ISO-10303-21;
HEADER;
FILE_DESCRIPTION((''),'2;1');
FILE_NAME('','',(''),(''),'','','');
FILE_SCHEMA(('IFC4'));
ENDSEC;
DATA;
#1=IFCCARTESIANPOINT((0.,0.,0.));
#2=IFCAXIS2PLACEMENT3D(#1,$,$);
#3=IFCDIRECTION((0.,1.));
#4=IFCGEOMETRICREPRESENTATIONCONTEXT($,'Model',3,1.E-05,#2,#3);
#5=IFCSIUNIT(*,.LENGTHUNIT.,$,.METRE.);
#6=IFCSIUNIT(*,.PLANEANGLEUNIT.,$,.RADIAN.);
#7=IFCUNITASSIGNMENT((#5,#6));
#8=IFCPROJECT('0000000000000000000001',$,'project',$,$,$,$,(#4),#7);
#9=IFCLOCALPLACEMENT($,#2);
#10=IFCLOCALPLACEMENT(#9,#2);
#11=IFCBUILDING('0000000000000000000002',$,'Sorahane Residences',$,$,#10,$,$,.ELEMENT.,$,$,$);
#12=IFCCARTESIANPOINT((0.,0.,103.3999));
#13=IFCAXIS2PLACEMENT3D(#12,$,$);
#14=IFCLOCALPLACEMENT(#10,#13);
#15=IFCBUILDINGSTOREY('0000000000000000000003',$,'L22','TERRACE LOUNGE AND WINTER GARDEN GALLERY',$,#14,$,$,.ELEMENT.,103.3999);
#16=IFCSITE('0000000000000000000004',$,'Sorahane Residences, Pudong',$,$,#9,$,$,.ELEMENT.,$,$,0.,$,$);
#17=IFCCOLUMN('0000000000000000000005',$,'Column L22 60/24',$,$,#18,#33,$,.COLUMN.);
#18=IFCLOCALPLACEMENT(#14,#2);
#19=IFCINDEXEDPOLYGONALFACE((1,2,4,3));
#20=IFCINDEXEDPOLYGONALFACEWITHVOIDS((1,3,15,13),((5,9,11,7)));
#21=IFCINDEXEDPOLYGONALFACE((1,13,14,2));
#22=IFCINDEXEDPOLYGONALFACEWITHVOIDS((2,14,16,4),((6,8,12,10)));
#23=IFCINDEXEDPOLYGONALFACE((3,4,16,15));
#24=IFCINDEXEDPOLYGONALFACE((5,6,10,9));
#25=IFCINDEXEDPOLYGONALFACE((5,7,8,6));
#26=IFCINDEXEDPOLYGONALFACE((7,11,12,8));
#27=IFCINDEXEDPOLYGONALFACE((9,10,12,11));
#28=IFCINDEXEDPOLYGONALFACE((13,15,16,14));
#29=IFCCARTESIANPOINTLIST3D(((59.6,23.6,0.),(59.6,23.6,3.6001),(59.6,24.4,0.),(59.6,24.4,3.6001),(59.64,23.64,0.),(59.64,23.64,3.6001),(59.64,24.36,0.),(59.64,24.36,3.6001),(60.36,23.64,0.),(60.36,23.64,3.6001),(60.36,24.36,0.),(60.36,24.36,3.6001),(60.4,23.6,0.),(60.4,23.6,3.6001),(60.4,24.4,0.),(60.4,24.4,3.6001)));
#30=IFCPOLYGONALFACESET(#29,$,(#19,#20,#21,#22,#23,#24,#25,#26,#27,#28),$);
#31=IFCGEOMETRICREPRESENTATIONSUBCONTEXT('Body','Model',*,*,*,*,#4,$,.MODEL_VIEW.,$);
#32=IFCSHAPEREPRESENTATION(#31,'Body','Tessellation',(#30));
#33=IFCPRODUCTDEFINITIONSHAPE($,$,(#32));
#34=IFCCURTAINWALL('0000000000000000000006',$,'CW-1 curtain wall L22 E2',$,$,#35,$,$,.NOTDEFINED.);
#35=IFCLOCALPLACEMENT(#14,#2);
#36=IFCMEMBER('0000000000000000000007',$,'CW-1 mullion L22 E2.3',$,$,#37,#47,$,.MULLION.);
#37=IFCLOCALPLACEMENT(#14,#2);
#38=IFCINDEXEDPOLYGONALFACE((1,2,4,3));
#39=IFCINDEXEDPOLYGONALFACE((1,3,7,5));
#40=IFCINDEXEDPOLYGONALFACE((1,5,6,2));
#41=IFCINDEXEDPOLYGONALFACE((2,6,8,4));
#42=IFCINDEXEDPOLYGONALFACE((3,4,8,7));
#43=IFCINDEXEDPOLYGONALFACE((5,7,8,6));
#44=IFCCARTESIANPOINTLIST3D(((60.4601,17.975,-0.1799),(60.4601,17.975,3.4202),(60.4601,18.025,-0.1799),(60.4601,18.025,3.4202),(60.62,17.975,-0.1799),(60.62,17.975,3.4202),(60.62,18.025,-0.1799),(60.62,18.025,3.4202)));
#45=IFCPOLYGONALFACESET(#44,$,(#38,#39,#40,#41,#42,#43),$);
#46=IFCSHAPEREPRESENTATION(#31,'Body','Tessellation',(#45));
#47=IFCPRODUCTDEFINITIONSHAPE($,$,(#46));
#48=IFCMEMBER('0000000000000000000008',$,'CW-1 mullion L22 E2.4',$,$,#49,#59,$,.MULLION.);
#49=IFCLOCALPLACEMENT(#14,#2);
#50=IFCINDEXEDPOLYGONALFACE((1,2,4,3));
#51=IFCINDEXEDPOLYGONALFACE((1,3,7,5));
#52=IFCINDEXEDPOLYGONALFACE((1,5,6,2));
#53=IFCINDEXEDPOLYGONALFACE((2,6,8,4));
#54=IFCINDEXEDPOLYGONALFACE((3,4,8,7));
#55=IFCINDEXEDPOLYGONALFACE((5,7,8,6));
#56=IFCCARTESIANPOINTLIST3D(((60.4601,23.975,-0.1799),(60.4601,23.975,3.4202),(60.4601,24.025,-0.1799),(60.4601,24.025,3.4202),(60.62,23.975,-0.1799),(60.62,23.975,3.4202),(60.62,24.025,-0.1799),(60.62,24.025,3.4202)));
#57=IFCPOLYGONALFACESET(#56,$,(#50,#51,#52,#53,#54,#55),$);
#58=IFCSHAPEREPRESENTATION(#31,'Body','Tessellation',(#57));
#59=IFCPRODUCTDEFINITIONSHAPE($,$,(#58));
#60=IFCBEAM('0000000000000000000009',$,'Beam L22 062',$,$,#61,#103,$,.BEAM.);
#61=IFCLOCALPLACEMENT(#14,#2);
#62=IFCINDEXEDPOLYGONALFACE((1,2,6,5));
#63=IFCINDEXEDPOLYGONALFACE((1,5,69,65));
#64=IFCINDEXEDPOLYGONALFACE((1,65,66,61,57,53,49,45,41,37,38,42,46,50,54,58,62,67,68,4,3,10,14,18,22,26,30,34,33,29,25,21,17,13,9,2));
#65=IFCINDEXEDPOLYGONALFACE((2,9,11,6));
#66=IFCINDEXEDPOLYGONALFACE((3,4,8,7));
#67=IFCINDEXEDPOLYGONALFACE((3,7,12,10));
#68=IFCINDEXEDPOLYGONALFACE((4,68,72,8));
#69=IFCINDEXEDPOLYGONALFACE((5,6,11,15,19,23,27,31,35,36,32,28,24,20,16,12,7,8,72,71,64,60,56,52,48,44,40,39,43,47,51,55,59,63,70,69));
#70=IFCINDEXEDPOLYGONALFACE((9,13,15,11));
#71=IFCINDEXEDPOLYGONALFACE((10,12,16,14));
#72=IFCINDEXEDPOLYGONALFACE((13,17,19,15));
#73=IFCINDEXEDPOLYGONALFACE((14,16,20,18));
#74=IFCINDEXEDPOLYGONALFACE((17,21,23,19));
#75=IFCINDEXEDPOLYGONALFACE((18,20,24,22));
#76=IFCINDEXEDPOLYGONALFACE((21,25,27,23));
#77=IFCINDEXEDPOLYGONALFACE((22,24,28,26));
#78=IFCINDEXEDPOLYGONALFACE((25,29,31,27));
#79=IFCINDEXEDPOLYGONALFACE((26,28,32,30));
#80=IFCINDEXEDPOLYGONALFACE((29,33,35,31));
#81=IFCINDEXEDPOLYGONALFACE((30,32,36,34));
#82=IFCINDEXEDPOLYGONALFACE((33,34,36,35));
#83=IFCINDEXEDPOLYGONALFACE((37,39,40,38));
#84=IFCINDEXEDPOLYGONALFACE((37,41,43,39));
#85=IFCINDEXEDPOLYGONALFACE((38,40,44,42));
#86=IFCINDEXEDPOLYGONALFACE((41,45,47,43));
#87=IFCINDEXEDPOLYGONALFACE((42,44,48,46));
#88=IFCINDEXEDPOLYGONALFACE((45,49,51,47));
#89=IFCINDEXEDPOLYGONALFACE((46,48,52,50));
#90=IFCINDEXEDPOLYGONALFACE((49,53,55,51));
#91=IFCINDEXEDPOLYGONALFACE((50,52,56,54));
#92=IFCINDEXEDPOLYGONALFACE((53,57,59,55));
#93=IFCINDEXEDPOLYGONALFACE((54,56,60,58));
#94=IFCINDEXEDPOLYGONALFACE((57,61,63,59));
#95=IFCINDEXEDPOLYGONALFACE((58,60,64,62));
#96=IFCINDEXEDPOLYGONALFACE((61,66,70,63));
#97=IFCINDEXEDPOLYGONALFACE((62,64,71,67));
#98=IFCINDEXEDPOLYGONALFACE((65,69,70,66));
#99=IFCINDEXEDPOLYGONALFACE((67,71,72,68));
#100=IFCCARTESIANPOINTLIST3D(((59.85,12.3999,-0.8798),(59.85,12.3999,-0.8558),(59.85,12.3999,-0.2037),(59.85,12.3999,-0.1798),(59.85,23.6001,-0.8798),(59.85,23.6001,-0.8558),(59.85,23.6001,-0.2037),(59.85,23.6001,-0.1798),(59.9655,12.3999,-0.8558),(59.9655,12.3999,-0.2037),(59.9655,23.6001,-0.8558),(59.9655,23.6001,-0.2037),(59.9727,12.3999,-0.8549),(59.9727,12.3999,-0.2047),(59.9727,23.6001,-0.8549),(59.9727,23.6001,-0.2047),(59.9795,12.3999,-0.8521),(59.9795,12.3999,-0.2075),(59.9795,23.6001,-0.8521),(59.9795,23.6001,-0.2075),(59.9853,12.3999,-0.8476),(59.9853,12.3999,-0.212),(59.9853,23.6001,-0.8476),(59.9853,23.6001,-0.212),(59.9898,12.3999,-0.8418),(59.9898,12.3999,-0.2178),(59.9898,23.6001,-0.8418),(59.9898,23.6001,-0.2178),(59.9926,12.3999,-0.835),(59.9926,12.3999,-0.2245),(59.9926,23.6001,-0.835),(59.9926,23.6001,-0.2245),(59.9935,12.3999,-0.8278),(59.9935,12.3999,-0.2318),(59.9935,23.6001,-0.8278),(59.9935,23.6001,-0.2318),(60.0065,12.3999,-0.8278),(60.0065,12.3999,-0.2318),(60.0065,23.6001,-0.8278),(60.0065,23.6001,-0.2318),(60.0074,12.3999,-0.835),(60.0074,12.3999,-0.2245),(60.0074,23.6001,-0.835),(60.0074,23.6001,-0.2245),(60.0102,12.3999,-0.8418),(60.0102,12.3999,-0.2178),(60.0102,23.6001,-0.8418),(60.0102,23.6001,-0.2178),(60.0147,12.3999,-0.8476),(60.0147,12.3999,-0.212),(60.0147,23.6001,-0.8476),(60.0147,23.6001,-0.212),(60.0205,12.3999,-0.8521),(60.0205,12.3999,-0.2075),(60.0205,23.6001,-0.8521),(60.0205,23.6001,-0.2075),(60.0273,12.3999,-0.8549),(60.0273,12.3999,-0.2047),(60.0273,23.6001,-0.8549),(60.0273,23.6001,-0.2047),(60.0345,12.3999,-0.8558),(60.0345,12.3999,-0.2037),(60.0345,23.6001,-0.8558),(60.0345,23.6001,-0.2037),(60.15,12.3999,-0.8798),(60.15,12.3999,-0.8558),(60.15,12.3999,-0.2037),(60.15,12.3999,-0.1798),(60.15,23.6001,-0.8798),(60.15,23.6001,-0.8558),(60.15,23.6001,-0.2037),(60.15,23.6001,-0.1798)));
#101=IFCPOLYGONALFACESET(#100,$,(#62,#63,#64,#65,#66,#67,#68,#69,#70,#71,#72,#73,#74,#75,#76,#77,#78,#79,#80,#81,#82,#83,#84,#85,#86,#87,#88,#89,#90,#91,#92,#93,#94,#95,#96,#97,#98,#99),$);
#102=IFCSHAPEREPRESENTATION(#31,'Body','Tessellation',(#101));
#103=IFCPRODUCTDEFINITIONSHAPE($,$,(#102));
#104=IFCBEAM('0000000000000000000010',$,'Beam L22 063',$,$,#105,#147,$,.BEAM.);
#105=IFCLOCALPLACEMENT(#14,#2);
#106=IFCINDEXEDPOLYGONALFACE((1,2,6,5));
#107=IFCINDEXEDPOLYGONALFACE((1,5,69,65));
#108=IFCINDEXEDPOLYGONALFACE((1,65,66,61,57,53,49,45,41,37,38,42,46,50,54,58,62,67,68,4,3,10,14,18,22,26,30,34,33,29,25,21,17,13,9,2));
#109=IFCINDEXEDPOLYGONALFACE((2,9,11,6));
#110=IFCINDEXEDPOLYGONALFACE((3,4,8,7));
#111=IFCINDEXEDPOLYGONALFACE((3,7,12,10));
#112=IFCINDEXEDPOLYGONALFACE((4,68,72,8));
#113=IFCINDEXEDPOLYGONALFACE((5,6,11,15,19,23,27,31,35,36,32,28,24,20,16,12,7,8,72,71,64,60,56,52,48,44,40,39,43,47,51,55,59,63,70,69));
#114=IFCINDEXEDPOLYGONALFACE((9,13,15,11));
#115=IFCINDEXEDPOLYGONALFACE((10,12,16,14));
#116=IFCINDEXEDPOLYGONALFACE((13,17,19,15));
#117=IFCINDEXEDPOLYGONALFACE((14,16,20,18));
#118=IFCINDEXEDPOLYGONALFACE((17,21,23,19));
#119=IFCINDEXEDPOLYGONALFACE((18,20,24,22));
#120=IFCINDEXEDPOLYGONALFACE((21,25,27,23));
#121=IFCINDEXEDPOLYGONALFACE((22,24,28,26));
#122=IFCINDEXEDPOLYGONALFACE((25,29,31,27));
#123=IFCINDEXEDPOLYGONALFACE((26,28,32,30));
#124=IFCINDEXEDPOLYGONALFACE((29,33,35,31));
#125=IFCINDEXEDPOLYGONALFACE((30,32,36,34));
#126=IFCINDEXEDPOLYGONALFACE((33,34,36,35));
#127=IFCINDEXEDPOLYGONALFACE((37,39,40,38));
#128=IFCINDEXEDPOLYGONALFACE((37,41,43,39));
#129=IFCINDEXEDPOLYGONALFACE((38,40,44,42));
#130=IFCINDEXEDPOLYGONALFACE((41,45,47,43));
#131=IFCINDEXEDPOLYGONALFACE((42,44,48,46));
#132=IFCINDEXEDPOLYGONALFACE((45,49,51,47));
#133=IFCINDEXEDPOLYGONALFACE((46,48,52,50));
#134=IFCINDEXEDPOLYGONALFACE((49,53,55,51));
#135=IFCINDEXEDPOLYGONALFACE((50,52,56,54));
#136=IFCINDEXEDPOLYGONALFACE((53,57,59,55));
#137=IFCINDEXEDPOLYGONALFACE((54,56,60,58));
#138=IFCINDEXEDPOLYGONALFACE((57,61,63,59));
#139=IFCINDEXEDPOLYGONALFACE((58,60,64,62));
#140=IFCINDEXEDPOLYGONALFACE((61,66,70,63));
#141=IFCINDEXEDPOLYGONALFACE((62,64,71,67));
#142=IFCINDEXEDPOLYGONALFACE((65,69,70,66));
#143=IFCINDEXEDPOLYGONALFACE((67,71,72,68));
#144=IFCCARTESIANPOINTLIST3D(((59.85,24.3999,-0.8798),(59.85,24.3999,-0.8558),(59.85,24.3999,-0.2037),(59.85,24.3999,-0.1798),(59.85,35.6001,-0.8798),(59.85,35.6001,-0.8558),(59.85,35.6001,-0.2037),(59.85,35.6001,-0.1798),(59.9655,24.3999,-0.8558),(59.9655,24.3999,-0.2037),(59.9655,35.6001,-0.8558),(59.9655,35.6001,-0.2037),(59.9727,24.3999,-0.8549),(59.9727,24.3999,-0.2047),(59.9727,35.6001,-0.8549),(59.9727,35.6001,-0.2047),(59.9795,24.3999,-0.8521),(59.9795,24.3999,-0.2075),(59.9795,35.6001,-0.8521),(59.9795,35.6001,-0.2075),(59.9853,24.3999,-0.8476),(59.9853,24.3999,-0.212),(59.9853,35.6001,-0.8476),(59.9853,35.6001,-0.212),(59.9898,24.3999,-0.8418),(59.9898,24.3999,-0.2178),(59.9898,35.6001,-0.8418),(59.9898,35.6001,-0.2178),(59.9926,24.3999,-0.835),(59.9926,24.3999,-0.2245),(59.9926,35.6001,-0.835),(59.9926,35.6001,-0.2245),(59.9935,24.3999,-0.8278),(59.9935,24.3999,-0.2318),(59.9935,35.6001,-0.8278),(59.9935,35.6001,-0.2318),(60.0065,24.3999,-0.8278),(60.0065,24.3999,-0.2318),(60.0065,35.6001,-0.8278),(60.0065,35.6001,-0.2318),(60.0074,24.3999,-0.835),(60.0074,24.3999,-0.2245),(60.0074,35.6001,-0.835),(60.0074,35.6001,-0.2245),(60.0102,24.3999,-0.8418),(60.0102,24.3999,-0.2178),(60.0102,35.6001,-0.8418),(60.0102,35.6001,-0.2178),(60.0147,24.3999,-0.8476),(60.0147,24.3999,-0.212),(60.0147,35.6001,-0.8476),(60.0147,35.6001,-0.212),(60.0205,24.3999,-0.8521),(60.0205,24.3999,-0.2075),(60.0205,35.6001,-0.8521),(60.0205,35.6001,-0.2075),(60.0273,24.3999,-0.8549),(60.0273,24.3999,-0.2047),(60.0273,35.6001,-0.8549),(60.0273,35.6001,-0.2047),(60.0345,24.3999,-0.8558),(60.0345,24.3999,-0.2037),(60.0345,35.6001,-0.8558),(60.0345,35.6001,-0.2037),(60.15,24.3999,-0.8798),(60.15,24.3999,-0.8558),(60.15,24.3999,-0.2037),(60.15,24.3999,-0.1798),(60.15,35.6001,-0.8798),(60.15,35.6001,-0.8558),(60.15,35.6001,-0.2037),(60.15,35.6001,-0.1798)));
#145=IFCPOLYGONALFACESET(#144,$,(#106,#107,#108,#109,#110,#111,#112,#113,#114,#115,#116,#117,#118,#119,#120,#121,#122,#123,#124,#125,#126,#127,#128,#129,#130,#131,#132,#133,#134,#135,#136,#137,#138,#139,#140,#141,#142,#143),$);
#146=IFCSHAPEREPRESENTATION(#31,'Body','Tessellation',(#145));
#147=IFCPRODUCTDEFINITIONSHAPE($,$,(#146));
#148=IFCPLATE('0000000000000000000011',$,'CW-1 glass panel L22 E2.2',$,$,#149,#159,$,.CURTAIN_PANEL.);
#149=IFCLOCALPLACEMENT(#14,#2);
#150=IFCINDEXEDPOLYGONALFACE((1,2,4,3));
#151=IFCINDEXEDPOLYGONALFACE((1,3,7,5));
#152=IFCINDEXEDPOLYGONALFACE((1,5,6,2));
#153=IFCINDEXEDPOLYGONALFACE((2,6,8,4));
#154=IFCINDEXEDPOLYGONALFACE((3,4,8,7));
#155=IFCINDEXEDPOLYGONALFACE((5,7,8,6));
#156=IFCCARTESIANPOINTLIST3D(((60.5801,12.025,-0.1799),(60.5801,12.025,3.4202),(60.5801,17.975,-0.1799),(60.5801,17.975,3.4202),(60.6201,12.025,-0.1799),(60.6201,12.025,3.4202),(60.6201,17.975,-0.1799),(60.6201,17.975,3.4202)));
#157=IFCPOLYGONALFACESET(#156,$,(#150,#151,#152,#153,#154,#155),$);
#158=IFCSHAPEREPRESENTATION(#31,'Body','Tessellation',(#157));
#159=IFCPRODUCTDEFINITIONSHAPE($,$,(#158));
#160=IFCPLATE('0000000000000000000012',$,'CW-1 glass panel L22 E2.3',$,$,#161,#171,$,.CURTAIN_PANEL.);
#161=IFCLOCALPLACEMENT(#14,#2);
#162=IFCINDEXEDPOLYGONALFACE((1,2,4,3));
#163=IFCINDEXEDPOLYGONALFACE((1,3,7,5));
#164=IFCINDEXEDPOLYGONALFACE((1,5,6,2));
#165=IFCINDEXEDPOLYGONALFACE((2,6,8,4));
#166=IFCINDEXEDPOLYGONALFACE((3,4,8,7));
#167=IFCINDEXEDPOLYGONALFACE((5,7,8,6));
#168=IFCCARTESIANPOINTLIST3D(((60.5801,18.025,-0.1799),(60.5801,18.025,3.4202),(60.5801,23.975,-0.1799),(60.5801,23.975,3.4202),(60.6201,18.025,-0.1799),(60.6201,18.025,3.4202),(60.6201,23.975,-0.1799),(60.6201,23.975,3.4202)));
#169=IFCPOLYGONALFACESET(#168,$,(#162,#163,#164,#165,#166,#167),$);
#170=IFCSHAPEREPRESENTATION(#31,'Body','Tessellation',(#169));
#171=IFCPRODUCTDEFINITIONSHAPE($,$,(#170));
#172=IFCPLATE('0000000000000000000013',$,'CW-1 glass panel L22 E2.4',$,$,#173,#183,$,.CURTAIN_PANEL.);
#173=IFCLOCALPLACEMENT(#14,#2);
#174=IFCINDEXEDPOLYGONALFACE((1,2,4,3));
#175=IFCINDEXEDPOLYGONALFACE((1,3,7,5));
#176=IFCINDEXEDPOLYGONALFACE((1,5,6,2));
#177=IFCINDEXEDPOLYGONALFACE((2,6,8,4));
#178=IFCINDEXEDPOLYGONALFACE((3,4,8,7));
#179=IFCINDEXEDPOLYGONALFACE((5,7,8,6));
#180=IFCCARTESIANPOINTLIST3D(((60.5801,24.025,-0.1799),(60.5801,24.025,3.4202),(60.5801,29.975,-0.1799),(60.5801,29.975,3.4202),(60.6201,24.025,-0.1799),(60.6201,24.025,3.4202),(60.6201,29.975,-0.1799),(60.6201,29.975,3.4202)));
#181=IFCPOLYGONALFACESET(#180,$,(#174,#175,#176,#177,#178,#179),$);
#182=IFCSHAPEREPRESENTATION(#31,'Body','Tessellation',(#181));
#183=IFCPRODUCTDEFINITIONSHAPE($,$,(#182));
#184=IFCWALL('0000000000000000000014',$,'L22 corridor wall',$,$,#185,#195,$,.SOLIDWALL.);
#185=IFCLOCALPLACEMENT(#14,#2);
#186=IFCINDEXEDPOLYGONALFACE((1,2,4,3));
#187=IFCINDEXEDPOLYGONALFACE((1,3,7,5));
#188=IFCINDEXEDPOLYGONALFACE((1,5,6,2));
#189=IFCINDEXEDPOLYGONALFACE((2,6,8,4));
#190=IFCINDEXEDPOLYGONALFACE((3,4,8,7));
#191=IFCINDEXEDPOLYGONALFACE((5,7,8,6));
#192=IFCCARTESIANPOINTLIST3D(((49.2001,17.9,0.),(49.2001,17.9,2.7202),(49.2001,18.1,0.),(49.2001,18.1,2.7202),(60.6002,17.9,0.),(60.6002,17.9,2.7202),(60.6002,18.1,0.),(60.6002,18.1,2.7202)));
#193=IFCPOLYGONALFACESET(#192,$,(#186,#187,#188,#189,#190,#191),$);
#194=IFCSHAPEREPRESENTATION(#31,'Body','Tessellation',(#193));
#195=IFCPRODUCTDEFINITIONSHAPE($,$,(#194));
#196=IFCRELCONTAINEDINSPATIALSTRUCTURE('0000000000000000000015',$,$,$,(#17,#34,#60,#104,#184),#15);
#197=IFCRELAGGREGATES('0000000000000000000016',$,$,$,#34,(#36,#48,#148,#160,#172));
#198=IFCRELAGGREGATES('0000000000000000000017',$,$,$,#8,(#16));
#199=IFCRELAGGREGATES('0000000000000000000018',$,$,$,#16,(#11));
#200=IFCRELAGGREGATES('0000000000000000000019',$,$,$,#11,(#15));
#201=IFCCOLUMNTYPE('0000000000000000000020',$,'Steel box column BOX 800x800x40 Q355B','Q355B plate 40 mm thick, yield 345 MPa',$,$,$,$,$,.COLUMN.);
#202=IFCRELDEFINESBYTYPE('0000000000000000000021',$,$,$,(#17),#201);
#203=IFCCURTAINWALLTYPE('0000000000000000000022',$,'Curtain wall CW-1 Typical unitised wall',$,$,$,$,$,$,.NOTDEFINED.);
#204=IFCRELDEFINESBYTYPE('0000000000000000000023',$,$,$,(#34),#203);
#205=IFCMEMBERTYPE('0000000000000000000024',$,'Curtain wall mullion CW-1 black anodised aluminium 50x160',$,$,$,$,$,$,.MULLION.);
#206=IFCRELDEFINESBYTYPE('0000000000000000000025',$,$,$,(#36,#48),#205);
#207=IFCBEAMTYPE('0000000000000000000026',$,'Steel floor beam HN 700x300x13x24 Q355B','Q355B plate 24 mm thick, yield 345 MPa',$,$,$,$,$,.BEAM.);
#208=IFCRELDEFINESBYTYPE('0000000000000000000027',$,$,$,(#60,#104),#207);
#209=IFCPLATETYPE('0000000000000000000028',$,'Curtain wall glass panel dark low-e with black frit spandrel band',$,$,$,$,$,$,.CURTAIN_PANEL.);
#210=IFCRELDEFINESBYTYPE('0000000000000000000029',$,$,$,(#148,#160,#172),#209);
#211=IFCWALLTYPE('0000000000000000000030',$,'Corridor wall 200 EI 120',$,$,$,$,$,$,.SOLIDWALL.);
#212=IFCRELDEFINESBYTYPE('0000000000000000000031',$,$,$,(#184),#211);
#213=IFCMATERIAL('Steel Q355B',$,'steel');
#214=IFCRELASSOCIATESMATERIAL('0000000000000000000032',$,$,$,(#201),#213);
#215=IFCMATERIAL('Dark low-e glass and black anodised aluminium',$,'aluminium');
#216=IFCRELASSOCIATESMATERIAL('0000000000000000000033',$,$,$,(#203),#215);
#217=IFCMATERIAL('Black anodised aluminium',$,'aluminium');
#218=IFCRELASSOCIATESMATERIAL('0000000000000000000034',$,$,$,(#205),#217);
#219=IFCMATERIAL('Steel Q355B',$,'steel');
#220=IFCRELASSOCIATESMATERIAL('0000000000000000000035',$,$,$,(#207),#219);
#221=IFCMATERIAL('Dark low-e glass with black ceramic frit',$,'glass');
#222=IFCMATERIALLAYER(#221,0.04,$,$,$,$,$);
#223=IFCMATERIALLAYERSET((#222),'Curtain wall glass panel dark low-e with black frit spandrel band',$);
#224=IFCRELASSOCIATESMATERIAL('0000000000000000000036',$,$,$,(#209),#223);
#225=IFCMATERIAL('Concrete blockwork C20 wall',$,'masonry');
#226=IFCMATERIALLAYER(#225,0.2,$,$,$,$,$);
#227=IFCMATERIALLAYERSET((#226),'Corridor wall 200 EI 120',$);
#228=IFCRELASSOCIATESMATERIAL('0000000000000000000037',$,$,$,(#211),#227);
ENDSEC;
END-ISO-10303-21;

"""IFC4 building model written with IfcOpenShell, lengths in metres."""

from ifc_helpers import new_model, si_unit, direction, frame, frame_2d, origin, origin_2d, place, context, subcontext, project, spatial, rectangle, hollow_rectangle, i_section, extrude, material, layer, layer_set, material_profile, profile_set, type_object, element, aggregate, save


model = new_model("IFC4")

# Units and contexts
model_context = context("Model", 3, precision=1e-05, world=origin(), true_north=direction((0.0, 1.0)))
body_context = subcontext(model_context, "Body", "Model", "MODEL_VIEW")
ifc_project = project(units=[si_unit("LENGTHUNIT", "METRE"), si_unit("PLANEANGLEUNIT", "RADIAN")], contexts=[model_context])

# Site, building, storey
site_placement = place(None, origin())
site = spatial("IfcSite", under=ifc_project, at=site_placement, Name="Sorahane Residences, Pudong", CompositionType="ELEMENT", RefElevation=0.0)
building_placement = place(site_placement, origin())
building = spatial("IfcBuilding", under=site, at=building_placement, Name="Sorahane Residences", CompositionType="ELEMENT")
storey_placement = place(building_placement, frame((0.0, 0.0, 103.3999)))
storey = spatial("IfcBuildingStorey", under=building, at=storey_placement, Name="L22", Description="TERRACE LOUNGE AND WINTER GARDEN GALLERY", CompositionType="ELEMENT", Elevation=103.3999)

# Column
ifc_material_1 = material(Name="Steel Q355B", Category="steel")
ifc_material_profile_1 = material_profile(ifc_material_1, hollow_rectangle(XDim=0.8, YDim=0.8, WallThickness=0.04, at=origin_2d()), Name="BOX 800x800x40")
ifc_profile_set_1 = profile_set([ifc_material_profile_1], Name="Steel Q355B")
column_type = type_object("IfcColumnType", Name="Steel box column BOX 800x800x40 Q355B", Description="Q355B plate 40 mm thick, yield 345 MPa", PredefinedType="COLUMN", material=ifc_profile_set_1)
column_placement = place(storey_placement, frame((60.0, 24.0, 0.0), z_axis=(0.0, 0.0, 1.0), x_axis=(1.0, 0.0, 0.0)))
element("IfcColumn", 1, at=column_placement, inside=storey, type_object=column_type, Name="Column L22 60/24", PredefinedType="COLUMN", context=body_context, shape_type="SweptSolid", body=[
    extrude(hollow_rectangle(XDim=0.8, YDim=0.8, WallThickness=0.04, at=origin_2d()), origin(), (0.0, 0.0, 1.0), 3.6001),
])

# Curtain wall, members
ifc_material_2 = material(Name="Dark low-e glass and black anodised aluminium", Category="aluminium")
curtain_wall_type = type_object("IfcCurtainWallType", Name="Curtain wall CW-1 Typical unitised wall", PredefinedType="NOTDEFINED", material=ifc_material_2)
curtain_wall_placement = place(storey_placement, origin())
curtain_wall = element("IfcCurtainWall", 2, at=curtain_wall_placement, inside=storey, type_object=curtain_wall_type, Name="CW-1 curtain wall L22 E2", PredefinedType="NOTDEFINED")
ifc_material_3 = material(Name="Black anodised aluminium", Category="aluminium")
ifc_material_profile_2 = material_profile(ifc_material_3, rectangle(XDim=0.1599, YDim=0.05, at=origin_2d()), Name="Curtain wall mullion CW-1 black anodised aluminium 50x160")
ifc_profile_set_2 = profile_set([ifc_material_profile_2], Name="Black anodised aluminium")
member_type = type_object("IfcMemberType", Name="Curtain wall mullion CW-1 black anodised aluminium 50x160", PredefinedType="MULLION", material=ifc_profile_set_2)
member_1_placement = place(storey_placement, frame((60.54, 18.0, -0.1799), z_axis=(0.0, 0.0, 1.0), x_axis=(1.0, 0.0, 0.0)))
member_1 = element("IfcMember", 3, at=member_1_placement, type_object=member_type, Name="CW-1 mullion L22 E2.3", PredefinedType="MULLION", context=body_context, shape_type="SweptSolid", body=[
    extrude(rectangle(XDim=0.1599, YDim=0.05, at=origin_2d()), origin(), (0.0, 0.0, 1.0), 3.6001),
])
member_2_placement = place(storey_placement, frame((60.54, 24.0, -0.1799), z_axis=(0.0, 0.0, 1.0), x_axis=(1.0, 0.0, 0.0)))
member_2 = element("IfcMember", 4, at=member_2_placement, type_object=member_type, Name="CW-1 mullion L22 E2.4", PredefinedType="MULLION", context=body_context, shape_type="SweptSolid", body=[
    extrude(rectangle(XDim=0.1599, YDim=0.05, at=origin_2d()), origin(), (0.0, 0.0, 1.0), 3.6001),
])

# Beams
ifc_material_4 = material(Name="Steel Q355B", Category="steel")
ifc_material_profile_3 = material_profile(ifc_material_4, i_section(OverallWidth=0.3, OverallDepth=0.7, WebThickness=0.0129, FlangeThickness=0.0239, FilletRadius=0.0281, at=origin_2d()), Name="HN 700x300x13x24")
ifc_profile_set_3 = profile_set([ifc_material_profile_3], Name="Steel Q355B")
beam_type = type_object("IfcBeamType", Name="Steel floor beam HN 700x300x13x24 Q355B", Description="Q355B plate 24 mm thick, yield 345 MPa", PredefinedType="BEAM", material=ifc_profile_set_3)
for number, where, z_axis, x_axis, name in (
    (5, (60.0, 12.3999, -0.5298), (0.0, 1.0, 0.0), (-1.0, 0.0, 0.0), "Beam L22 062"),
    (6, (60.0, 24.3999, -0.5298), (0.0, 1.0, 0.0), (-1.0, 0.0, 0.0), "Beam L22 063"),
):
    element("IfcBeam", number, at=place(storey_placement, frame(where, z_axis=z_axis, x_axis=x_axis)), inside=storey, type_object=beam_type, Name=name, PredefinedType="BEAM", context=body_context, shape_type="SweptSolid", body=[
        extrude(i_section(OverallWidth=0.3, OverallDepth=0.7, WebThickness=0.0129, FlangeThickness=0.0239, FilletRadius=0.0281, at=origin_2d()), origin(), (0.0, 0.0, 1.0), 11.2002),
    ])

# Plates
ifc_material_5 = material(Name="Dark low-e glass with black ceramic frit", Category="glass")
ifc_layer_1 = layer(ifc_material_5, 0.04)
ifc_layer_set_1 = layer_set([ifc_layer_1], Name="Curtain wall glass panel dark low-e with black frit spandrel band")
plate_type = type_object("IfcPlateType", Name="Curtain wall glass panel dark low-e with black frit spandrel band", PredefinedType="CURTAIN_PANEL", material=ifc_layer_set_1)
plate_1_placement = place(storey_placement, frame((60.6001, 15.0, -0.1799), z_axis=(0.0, 0.0, 1.0), x_axis=(0.0, 1.0, 0.0)))
plate_1 = element("IfcPlate", 7, at=plate_1_placement, type_object=plate_type, Name="CW-1 glass panel L22 E2.2", PredefinedType="CURTAIN_PANEL", context=body_context, shape_type="SweptSolid", body=[
    extrude(rectangle(XDim=5.95, YDim=0.04, at=origin_2d()), origin(), (0.0, 0.0, 1.0), 3.6001),
])
plate_2_placement = place(storey_placement, frame((60.6001, 21.0, -0.1799), z_axis=(0.0, 0.0, 1.0), x_axis=(0.0, 1.0, 0.0)))
plate_2 = element("IfcPlate", 8, at=plate_2_placement, type_object=plate_type, Name="CW-1 glass panel L22 E2.3", PredefinedType="CURTAIN_PANEL", context=body_context, shape_type="SweptSolid", body=[
    extrude(rectangle(XDim=5.95, YDim=0.04, at=origin_2d()), origin(), (0.0, 0.0, 1.0), 3.6001),
])
plate_3_placement = place(storey_placement, frame((60.6001, 27.0, -0.1799), z_axis=(0.0, 0.0, 1.0), x_axis=(0.0, 1.0, 0.0)))
plate_3 = element("IfcPlate", 9, at=plate_3_placement, type_object=plate_type, Name="CW-1 glass panel L22 E2.4", PredefinedType="CURTAIN_PANEL", context=body_context, shape_type="SweptSolid", body=[
    extrude(rectangle(XDim=5.95, YDim=0.04, at=origin_2d()), origin(), (0.0, 0.0, 1.0), 3.6001),
])
aggregate(curtain_wall, [member_1, member_2, plate_1, plate_2, plate_3])

# Wall
ifc_material_6 = material(Name="Concrete blockwork C20 wall", Category="masonry")
ifc_layer_2 = layer(ifc_material_6, 0.2)
ifc_layer_set_2 = layer_set([ifc_layer_2], Name="Corridor wall 200 EI 120")
wall_type_1 = type_object("IfcWallType", Name="Corridor wall 200 EI 120", PredefinedType="SOLIDWALL", material=ifc_layer_set_2)
wall_1_placement = place(storey_placement, frame((49.2, 18.0, 0.0), z_axis=(0.0, 0.0, 1.0), x_axis=(1.0, 0.0, 0.0)))
element("IfcWall", 10, at=wall_1_placement, inside=storey, type_object=wall_type_1, Name="L22 corridor wall", PredefinedType="SOLIDWALL", context=body_context, shape_type="SweptSolid", body=[
    extrude(rectangle(XDim=11.4001, YDim=0.2, at=frame_2d((5.7002, 0.0))), origin(), (0.0, 0.0, 1.0), 2.7202),
])

save(model, "model.ifc")
